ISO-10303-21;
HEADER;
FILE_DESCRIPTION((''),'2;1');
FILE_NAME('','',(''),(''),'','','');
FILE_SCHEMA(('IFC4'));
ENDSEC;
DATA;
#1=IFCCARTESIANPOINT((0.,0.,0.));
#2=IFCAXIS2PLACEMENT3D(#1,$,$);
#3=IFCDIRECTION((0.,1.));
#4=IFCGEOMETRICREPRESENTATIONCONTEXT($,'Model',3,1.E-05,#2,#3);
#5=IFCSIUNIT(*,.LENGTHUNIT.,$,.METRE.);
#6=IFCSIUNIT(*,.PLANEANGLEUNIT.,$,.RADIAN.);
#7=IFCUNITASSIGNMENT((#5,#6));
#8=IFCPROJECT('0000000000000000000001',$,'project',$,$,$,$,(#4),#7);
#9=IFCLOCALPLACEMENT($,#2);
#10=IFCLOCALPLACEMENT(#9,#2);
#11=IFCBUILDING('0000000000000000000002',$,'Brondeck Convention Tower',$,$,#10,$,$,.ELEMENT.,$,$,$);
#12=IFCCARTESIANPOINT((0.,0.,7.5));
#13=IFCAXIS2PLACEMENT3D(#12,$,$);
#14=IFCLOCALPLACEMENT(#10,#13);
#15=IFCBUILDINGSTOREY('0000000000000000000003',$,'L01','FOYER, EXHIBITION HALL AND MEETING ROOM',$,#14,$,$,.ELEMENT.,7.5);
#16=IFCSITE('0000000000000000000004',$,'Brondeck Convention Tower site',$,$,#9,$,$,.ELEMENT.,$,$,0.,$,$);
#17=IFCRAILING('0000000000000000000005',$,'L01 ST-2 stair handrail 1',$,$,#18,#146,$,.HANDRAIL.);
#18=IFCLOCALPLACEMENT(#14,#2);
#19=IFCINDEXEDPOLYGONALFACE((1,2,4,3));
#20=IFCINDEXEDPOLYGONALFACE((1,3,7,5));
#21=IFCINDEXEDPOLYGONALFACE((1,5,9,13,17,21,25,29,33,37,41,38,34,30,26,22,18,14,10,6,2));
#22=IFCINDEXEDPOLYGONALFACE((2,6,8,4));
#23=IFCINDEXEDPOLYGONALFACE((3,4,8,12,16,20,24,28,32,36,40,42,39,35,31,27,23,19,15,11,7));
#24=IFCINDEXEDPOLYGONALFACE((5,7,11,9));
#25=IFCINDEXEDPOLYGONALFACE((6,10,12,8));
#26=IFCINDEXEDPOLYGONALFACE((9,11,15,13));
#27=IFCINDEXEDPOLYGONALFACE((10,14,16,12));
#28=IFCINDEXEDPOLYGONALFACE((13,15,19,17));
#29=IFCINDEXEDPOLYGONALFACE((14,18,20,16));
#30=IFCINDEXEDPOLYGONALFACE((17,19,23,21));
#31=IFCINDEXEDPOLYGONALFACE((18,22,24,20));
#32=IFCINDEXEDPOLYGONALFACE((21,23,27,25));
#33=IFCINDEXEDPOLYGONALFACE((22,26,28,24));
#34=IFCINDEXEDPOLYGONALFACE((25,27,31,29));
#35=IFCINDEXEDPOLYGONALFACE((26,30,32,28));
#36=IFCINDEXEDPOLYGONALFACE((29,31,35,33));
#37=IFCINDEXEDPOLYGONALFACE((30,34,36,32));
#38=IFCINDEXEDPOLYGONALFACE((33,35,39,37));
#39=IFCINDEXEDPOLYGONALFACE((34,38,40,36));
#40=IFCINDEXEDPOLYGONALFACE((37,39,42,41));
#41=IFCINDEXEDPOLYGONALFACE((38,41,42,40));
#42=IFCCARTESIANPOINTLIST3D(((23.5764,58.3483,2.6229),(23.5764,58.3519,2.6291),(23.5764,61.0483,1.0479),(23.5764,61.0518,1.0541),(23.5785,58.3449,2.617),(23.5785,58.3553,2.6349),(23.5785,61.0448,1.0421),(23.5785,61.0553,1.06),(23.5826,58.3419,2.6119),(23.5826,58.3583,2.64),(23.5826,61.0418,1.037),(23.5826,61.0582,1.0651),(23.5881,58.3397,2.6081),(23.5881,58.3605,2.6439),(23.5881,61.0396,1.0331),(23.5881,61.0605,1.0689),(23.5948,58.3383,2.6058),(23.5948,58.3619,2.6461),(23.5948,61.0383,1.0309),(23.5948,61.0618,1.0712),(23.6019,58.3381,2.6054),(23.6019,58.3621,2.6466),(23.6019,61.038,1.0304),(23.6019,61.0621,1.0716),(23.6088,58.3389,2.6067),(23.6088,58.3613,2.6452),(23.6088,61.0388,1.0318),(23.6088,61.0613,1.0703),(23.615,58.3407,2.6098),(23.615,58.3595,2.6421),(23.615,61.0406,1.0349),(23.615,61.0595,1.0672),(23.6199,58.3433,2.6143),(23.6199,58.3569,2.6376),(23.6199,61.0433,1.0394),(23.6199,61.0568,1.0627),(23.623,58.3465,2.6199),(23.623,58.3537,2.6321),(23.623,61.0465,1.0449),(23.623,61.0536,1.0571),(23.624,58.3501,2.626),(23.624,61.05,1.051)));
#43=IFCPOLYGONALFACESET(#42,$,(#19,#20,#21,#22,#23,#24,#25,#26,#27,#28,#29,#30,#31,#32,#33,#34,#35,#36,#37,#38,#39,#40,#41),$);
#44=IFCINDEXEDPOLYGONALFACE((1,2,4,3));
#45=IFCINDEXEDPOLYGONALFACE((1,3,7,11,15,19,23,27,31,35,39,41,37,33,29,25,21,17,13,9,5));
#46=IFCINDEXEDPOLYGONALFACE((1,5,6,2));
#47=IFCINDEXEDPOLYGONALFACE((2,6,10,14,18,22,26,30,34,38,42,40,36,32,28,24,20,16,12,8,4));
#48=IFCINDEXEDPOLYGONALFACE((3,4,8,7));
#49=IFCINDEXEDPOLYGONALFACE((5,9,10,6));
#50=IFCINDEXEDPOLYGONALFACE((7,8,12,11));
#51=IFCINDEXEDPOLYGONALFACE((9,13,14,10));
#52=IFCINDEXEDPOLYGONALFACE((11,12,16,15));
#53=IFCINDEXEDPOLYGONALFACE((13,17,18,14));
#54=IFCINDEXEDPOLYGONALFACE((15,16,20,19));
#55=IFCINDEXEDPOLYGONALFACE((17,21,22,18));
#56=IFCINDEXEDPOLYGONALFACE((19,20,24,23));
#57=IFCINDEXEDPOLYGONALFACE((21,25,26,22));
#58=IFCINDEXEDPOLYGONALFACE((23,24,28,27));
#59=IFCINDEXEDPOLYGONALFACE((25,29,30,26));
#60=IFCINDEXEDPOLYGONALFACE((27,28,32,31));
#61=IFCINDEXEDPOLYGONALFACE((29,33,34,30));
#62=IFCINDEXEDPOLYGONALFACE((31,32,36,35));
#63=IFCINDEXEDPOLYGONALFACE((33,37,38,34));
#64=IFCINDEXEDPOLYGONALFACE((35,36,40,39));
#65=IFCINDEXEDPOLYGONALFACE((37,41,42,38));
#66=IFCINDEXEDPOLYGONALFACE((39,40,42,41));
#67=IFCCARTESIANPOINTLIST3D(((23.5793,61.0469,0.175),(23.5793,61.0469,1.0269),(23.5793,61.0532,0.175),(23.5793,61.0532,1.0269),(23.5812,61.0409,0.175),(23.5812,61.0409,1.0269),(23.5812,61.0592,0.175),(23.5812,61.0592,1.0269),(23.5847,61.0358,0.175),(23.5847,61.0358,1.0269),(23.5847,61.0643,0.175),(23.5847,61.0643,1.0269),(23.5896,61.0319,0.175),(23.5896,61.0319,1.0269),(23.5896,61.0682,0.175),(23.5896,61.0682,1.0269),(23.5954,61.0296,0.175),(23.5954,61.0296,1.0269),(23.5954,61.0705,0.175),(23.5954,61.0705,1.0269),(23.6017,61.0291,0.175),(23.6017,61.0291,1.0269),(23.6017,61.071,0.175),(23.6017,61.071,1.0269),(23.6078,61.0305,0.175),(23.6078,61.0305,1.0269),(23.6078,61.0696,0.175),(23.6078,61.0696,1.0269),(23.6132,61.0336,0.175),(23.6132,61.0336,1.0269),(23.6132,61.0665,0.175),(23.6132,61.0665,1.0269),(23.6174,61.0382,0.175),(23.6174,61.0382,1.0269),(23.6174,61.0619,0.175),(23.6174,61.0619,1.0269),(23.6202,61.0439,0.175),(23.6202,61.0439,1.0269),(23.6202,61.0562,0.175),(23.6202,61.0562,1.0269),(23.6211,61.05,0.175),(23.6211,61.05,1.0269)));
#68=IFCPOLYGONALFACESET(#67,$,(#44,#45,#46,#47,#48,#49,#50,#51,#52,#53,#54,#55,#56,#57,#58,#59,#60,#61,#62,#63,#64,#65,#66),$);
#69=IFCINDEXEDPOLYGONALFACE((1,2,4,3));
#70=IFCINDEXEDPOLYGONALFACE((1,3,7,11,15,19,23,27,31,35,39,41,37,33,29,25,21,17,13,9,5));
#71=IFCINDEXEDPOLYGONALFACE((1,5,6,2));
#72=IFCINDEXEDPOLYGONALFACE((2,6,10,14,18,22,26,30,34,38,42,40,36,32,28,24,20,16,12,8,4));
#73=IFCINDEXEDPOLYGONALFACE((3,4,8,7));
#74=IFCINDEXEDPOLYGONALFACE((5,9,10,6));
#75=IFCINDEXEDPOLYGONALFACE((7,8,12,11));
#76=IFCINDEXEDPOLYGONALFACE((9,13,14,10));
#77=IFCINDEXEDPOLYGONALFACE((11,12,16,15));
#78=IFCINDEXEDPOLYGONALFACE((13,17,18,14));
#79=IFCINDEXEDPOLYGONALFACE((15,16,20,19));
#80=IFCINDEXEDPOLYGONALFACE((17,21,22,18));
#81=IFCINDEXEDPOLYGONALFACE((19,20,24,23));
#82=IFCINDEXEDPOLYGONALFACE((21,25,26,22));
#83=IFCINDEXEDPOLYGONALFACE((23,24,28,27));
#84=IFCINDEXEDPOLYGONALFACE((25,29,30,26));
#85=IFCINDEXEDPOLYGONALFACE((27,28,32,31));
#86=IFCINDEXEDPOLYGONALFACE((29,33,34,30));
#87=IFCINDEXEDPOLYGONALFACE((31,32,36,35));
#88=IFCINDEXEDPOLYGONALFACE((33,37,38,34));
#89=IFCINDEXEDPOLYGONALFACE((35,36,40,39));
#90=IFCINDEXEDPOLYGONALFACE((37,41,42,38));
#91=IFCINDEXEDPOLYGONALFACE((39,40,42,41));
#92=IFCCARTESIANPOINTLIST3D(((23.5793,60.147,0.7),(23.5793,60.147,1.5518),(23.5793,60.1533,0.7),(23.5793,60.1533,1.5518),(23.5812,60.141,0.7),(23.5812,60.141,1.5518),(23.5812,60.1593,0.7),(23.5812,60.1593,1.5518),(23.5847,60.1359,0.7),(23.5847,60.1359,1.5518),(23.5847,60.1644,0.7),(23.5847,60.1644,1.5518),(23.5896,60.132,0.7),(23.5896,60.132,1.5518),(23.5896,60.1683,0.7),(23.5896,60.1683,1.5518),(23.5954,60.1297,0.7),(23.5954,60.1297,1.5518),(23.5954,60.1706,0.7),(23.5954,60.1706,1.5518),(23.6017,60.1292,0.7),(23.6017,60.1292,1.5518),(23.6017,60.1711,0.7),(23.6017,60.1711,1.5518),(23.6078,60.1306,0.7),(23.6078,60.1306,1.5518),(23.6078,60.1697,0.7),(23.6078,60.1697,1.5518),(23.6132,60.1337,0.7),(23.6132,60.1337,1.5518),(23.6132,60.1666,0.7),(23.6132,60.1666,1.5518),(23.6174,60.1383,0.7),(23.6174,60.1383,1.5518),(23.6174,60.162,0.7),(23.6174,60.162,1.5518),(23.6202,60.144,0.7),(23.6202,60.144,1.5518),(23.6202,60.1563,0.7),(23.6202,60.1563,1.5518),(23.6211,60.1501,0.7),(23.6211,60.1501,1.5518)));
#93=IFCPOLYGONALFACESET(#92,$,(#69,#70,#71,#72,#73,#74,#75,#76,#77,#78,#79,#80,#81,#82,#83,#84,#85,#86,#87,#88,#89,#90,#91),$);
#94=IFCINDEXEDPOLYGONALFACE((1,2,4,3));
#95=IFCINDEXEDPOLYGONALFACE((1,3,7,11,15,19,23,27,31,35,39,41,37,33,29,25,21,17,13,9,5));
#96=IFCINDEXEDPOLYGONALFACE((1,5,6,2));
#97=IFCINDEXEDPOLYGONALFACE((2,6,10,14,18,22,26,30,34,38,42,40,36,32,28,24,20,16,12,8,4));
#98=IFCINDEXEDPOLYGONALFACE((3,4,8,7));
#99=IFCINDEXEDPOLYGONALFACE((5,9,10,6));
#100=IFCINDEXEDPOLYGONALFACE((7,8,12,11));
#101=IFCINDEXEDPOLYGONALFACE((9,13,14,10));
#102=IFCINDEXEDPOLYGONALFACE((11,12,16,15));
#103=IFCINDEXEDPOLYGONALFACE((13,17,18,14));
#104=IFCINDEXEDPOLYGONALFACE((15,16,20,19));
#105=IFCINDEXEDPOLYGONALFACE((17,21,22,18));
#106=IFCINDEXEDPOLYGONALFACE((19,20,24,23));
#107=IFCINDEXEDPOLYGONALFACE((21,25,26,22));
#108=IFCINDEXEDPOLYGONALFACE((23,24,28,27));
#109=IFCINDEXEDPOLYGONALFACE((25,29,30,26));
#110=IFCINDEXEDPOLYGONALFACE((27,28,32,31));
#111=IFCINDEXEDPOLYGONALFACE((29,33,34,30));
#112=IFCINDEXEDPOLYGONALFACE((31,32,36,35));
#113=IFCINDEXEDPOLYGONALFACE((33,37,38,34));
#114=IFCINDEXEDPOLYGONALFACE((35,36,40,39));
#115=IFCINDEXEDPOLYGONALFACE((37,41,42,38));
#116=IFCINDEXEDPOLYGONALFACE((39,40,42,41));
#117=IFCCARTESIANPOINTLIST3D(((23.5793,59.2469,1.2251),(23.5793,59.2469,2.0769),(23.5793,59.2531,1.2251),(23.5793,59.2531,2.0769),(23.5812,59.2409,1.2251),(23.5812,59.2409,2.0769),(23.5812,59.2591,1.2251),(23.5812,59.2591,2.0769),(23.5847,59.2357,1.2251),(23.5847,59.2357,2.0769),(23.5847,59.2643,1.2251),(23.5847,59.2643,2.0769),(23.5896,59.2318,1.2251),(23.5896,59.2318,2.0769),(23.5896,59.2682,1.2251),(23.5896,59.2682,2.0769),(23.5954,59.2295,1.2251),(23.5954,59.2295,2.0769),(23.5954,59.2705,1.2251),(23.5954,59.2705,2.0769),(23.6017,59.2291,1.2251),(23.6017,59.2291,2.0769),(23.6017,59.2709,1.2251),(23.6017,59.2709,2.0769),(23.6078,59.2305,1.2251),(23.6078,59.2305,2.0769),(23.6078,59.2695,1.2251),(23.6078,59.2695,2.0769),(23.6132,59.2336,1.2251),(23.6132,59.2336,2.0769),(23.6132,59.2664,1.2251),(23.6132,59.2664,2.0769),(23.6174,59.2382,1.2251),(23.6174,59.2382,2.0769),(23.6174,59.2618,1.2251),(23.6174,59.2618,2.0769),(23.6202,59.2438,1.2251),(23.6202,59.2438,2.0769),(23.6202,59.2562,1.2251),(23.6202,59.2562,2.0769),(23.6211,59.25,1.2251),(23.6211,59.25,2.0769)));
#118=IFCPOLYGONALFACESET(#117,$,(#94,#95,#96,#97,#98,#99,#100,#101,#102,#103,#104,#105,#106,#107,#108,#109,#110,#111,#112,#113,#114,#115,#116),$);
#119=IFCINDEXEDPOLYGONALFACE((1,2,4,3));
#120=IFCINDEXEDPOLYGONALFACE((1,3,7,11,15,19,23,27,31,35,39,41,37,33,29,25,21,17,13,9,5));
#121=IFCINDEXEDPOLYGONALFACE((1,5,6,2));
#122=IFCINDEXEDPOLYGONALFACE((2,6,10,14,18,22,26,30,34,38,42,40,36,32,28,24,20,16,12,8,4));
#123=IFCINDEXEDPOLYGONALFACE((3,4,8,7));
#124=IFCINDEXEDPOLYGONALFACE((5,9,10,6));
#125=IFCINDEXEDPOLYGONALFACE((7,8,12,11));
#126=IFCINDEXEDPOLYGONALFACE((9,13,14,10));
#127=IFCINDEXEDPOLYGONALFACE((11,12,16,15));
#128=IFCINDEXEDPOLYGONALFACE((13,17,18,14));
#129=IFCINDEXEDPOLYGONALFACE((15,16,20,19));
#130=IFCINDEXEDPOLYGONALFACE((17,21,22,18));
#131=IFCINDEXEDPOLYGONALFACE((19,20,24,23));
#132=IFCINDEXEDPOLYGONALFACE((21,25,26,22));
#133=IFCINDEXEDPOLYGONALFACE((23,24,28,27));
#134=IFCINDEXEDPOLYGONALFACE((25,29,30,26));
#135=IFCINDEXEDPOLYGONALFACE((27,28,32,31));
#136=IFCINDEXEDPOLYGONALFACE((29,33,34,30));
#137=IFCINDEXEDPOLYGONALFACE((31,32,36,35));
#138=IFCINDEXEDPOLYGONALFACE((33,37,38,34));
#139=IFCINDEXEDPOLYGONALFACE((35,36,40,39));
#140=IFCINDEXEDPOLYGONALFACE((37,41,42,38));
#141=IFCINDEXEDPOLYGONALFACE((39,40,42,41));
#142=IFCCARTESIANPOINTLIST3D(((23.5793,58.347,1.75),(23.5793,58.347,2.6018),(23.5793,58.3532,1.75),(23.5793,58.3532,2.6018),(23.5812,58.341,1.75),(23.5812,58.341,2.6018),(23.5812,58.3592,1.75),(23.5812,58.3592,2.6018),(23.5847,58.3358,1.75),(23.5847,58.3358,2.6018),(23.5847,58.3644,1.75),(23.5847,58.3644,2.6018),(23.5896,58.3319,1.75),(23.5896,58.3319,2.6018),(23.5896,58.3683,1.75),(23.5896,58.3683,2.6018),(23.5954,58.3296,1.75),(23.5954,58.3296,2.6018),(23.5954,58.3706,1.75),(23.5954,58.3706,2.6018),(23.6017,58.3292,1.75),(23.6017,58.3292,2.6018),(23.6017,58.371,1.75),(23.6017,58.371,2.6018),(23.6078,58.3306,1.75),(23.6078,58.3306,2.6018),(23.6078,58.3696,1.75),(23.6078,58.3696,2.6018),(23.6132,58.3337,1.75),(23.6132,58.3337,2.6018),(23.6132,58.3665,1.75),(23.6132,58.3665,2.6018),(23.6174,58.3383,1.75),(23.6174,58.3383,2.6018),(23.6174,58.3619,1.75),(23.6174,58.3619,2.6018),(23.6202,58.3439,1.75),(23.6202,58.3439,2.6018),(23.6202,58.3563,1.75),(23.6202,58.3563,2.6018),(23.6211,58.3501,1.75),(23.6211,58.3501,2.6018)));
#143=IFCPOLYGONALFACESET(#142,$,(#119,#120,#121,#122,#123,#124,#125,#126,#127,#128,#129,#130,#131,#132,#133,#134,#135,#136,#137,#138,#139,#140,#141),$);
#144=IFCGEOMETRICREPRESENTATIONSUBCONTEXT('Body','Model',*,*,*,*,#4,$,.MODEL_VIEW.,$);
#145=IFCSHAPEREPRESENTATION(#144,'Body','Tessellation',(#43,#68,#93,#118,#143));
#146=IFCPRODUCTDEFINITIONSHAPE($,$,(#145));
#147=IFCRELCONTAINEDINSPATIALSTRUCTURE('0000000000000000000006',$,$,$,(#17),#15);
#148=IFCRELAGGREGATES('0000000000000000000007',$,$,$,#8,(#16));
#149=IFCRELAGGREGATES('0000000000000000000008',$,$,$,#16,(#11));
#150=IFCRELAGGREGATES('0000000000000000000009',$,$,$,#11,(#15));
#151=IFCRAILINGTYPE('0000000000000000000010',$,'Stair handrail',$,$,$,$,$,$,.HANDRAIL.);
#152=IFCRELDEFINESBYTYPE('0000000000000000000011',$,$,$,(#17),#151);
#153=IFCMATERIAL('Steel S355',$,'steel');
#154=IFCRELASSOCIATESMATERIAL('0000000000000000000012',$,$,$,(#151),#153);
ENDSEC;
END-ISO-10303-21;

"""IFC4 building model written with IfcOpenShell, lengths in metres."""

from ifc_helpers import new_model, si_unit, direction, frame, origin, origin_2d, place, context, subcontext, project, spatial, circle, extrude, material, type_object, element, save


model = new_model("IFC4")

# Units and contexts
model_context = context("Model", 3, precision=1e-05, world=origin(), true_north=direction((0.0, 1.0)))
body_context = subcontext(model_context, "Body", "Model", "MODEL_VIEW")
ifc_project = project(units=[si_unit("LENGTHUNIT", "METRE"), si_unit("PLANEANGLEUNIT", "RADIAN")], contexts=[model_context])

# Site, building, storey
site_placement = place(None, origin())
site = spatial("IfcSite", under=ifc_project, at=site_placement, Name="Brondeck Convention Tower site", CompositionType="ELEMENT", RefElevation=0.0)
building_placement = place(site_placement, origin())
building = spatial("IfcBuilding", under=site, at=building_placement, Name="Brondeck Convention Tower", CompositionType="ELEMENT")
storey_placement = place(building_placement, frame((0.0, 0.0, 7.5)))
storey = spatial("IfcBuildingStorey", under=building, at=storey_placement, Name="L01", Description="FOYER, EXHIBITION HALL AND MEETING ROOM", CompositionType="ELEMENT", Elevation=7.5)

# Shared definitions
ifc_material_1 = material(Name="Steel S355", Category="steel")

# Railing
railing_type_1 = type_object("IfcRailingType", Name="Stair handrail", PredefinedType="HANDRAIL", material=ifc_material_1)
railing_1_placement = place(storey_placement, frame((23.6001, 61.05, 0.175)))
element("IfcRailing", 1, at=railing_1_placement, inside=storey, type_object=railing_type_1, Name="L01 ST-2 stair handrail 1", PredefinedType="HANDRAIL", context=body_context, shape_type="SweptSolid", body=[
    extrude(circle(Radius=0.0239, at=origin_2d()), frame((0.0, 0.0, 0.876), z_axis=(0.0, -0.863782, 0.503866), x_axis=(1.0, 0.0, 0.0)), (0.0, 0.0, 1.0), 3.1257),
    extrude(circle(Radius=0.021, at=origin_2d()), origin(), (0.0, 0.0, 1.0), 0.8518),
    extrude(circle(Radius=0.021, at=origin_2d()), frame((0.0, -0.8999, 0.5249)), (0.0, 0.0, 1.0), 0.8518),
    extrude(circle(Radius=0.021, at=origin_2d()), frame((0.0, -1.8, 1.05)), (0.0, 0.0, 1.0), 0.8518),
    extrude(circle(Radius=0.021, at=origin_2d()), frame((0.0, -2.7, 1.575)), (0.0, 0.0, 1.0), 0.8518),
])

save(model, "model.ifc")
